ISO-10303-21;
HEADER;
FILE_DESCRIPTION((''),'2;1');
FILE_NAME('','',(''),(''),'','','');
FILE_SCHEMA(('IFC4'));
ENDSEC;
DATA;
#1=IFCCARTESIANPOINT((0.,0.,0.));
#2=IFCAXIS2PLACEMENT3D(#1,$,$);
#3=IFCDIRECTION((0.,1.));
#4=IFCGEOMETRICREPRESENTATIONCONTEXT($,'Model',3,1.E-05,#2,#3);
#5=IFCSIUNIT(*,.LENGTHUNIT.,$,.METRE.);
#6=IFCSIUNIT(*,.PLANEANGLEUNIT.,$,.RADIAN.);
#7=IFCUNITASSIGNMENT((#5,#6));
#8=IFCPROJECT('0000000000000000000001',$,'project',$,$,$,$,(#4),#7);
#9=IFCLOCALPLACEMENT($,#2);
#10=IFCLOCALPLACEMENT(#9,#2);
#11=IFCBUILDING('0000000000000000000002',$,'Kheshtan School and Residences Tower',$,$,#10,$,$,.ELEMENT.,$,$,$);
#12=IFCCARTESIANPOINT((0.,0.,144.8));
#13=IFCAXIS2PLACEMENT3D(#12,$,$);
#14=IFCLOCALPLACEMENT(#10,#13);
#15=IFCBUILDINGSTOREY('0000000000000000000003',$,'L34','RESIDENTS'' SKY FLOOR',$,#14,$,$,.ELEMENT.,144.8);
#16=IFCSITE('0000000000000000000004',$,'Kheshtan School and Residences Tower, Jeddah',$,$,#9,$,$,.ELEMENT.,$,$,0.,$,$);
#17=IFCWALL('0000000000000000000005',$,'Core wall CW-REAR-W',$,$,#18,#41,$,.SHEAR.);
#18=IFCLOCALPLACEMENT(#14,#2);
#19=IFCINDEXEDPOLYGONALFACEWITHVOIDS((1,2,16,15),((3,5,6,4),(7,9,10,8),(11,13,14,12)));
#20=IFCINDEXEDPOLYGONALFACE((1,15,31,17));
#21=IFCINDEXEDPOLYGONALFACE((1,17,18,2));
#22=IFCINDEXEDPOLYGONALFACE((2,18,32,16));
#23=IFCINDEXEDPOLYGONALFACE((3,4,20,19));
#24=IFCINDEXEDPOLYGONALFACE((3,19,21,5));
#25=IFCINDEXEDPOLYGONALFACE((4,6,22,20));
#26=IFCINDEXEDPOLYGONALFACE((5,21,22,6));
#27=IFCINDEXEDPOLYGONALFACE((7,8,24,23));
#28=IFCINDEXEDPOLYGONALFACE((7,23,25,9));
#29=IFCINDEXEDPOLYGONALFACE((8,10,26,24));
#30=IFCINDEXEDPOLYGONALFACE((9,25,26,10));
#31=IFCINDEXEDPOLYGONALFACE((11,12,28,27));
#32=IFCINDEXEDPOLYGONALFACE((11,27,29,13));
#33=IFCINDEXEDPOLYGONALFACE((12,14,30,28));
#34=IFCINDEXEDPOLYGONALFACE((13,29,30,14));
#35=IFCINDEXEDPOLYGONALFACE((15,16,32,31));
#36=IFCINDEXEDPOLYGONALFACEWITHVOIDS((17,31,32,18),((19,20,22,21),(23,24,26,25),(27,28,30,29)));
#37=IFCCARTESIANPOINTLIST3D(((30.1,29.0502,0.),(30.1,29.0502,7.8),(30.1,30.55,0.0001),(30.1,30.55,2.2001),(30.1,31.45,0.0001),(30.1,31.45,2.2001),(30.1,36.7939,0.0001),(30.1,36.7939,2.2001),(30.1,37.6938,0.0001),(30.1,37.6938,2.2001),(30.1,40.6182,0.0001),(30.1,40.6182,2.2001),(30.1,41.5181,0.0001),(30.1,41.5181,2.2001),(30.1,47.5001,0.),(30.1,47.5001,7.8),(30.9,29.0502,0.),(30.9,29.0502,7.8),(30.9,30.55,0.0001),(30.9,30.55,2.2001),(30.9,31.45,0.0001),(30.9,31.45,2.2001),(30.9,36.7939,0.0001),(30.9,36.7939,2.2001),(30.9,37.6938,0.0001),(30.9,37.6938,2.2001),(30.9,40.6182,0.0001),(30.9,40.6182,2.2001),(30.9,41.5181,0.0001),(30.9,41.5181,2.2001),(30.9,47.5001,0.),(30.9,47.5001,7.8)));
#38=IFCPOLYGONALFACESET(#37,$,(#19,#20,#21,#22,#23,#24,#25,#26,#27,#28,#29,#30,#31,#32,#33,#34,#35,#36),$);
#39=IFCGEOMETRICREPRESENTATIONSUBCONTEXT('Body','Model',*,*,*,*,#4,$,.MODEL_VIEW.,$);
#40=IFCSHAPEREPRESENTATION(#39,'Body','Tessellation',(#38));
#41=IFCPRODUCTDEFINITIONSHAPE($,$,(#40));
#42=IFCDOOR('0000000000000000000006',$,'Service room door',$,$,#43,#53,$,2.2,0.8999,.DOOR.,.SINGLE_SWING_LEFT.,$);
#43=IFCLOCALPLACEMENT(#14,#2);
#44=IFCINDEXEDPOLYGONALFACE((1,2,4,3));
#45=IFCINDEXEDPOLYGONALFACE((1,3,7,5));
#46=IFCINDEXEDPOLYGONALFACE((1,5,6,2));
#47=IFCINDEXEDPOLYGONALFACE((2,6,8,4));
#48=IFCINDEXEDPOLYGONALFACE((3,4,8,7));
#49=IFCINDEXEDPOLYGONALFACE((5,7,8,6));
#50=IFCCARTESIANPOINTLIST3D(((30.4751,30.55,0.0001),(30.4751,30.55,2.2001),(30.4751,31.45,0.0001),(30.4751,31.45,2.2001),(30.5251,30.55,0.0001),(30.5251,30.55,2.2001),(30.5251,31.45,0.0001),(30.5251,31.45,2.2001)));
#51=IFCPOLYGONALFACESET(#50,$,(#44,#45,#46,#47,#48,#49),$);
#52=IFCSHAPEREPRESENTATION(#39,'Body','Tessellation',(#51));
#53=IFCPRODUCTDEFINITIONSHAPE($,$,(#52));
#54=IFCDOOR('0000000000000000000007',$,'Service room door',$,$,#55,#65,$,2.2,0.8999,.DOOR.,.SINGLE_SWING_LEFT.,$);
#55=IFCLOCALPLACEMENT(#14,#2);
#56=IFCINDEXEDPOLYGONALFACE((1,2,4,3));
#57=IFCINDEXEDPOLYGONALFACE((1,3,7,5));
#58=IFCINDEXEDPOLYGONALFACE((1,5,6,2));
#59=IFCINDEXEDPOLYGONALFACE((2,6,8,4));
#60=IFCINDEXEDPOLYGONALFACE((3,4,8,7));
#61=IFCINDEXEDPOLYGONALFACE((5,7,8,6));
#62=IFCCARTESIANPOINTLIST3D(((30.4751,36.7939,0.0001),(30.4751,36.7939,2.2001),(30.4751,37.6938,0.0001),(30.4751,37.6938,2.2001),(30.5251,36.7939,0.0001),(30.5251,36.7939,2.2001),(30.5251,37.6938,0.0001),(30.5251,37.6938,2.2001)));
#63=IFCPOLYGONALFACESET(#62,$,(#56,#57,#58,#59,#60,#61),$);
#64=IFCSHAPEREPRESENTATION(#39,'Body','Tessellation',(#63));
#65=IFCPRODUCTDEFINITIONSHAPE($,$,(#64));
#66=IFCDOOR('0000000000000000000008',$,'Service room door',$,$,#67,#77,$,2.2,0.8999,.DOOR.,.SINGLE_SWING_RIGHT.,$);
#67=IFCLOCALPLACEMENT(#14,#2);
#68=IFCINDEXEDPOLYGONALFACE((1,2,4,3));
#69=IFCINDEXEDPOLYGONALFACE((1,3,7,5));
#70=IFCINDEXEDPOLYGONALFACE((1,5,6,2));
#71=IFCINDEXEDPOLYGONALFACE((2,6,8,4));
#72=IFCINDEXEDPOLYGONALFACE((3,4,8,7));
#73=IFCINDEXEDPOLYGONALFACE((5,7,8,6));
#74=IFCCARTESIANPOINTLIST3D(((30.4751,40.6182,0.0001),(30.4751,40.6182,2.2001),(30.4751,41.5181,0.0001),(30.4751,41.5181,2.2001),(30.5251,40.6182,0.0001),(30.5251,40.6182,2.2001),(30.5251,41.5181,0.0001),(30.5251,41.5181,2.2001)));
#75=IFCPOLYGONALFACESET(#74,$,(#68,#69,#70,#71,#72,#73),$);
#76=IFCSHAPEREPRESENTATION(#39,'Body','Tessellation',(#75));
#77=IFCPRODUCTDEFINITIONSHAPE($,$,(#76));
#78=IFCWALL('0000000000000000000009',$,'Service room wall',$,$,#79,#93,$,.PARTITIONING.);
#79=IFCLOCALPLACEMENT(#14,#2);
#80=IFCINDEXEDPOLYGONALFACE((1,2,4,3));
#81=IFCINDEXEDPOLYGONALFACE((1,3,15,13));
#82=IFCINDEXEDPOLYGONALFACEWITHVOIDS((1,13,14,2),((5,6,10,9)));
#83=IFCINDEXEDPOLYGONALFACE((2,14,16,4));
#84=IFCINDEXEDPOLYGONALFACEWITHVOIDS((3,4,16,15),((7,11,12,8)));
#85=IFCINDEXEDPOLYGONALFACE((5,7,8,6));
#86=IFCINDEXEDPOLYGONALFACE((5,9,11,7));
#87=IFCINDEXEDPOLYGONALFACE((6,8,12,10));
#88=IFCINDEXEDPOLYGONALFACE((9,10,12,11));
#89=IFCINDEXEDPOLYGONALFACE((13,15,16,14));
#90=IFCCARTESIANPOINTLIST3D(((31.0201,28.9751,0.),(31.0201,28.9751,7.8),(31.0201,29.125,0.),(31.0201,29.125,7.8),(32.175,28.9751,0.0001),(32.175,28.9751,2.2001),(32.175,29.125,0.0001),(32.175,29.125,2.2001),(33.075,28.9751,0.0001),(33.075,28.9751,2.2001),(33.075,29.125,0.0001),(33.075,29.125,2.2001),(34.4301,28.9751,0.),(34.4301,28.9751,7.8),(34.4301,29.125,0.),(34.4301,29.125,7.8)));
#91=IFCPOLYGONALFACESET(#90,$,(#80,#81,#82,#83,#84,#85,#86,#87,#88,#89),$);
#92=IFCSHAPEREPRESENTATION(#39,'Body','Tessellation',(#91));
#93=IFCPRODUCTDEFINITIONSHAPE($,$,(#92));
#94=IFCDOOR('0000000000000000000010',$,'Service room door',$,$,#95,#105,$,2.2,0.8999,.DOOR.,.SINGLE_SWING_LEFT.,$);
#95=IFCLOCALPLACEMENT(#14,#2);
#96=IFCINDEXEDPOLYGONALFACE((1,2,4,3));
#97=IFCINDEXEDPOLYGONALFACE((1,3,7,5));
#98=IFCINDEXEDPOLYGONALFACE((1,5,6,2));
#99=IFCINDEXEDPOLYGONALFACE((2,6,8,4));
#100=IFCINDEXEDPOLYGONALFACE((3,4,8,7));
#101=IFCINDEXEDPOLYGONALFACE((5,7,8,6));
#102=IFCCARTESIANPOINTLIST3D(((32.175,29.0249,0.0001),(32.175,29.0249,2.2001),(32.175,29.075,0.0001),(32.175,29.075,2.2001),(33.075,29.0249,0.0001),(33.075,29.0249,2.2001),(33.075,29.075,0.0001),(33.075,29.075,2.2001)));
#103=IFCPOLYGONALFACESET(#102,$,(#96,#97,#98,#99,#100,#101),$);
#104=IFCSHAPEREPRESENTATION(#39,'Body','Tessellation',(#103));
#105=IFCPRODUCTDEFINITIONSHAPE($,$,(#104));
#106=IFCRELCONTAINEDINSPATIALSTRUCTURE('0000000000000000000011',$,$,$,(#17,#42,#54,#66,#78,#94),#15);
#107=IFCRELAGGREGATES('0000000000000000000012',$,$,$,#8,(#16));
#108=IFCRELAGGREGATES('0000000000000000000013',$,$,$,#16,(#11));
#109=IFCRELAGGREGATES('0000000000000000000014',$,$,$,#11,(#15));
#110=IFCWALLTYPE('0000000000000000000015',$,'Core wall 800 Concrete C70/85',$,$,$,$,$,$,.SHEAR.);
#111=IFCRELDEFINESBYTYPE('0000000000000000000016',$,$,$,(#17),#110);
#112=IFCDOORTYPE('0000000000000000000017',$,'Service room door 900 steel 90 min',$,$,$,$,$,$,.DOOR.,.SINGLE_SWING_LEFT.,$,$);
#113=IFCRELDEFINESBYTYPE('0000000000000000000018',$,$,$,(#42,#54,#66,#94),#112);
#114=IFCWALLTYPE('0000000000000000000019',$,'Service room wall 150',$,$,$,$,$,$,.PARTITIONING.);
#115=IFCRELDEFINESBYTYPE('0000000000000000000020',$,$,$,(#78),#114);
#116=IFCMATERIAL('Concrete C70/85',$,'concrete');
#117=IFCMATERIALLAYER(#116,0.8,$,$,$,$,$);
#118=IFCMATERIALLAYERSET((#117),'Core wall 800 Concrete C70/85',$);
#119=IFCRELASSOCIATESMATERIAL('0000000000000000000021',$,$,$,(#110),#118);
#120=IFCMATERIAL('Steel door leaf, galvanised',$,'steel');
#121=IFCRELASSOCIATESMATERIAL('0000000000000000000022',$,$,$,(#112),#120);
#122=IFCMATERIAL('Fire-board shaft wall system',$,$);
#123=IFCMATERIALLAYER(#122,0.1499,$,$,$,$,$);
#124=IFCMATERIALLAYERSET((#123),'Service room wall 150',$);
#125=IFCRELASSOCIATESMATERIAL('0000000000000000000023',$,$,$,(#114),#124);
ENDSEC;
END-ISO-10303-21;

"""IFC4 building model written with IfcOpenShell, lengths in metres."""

from ifc_helpers import new_model, si_unit, direction, frame, frame_2d, origin, place, context, subcontext, project, spatial, rectangle, extrude, source, transform, mapped, material, layer, layer_set, type_object, element, fill, save


model = new_model("IFC4")

# Units and contexts
model_context = context("Model", 3, precision=1e-05, world=origin(), true_north=direction((0.0, 1.0)))
body_context = subcontext(model_context, "Body", "Model", "MODEL_VIEW")
ifc_project = project(units=[si_unit("LENGTHUNIT", "METRE"), si_unit("PLANEANGLEUNIT", "RADIAN")], contexts=[model_context])

# Site, building, storey
site_placement = place(None, origin())
site = spatial("IfcSite", under=ifc_project, at=site_placement, Name="Kheshtan School and Residences Tower, Jeddah", CompositionType="ELEMENT", RefElevation=0.0)
building_placement = place(site_placement, origin())
building = spatial("IfcBuilding", under=site, at=building_placement, Name="Kheshtan School and Residences Tower", CompositionType="ELEMENT")
storey_placement = place(building_placement, frame((0.0, 0.0, 144.8)))
storey = spatial("IfcBuildingStorey", under=building, at=storey_placement, Name="L34", Description="RESIDENTS' SKY FLOOR", CompositionType="ELEMENT", Elevation=144.8)

# Wall, openings, doors
ifc_material_1 = material(Name="Concrete C70/85", Category="concrete")
ifc_layer_1 = layer(ifc_material_1, 0.8)
ifc_layer_set_1 = layer_set([ifc_layer_1], Name="Core wall 800 Concrete C70/85")
wall_type_1 = type_object("IfcWallType", Name="Core wall 800 Concrete C70/85", PredefinedType="SHEAR", material=ifc_layer_set_1)
wall_1_placement = place(storey_placement, frame((30.5, 29.05, 0.0), z_axis=(0.0, 0.0, 1.0), x_axis=(0.0, 1.0, 0.0)))
wall_1 = element("IfcWall", 1, at=wall_1_placement, inside=storey, type_object=wall_type_1, Name="Core wall CW-REAR-W", PredefinedType="SHEAR", context=body_context, shape_type="SweptSolid", body=[
    extrude(rectangle(XDim=18.45, YDim=0.8, at=frame_2d((9.2251, 0.0))), origin(), (0.0, 0.0, 1.0), 7.8),
])
opening_1_placement = place(wall_1_placement, frame((1.5, 0.0, 0.0)))
opening_1 = element("IfcOpeningElement", 2, at=opening_1_placement, cuts=wall_1, PredefinedType="OPENING", context=body_context, shape_type="SweptSolid", body=[
    extrude(rectangle(XDim=0.8999, YDim=2.2, at=frame_2d((0.45, 1.1001))), frame((0.0, 0.4102, 0.0), z_axis=(0.0, -1.0, 0.0), x_axis=(1.0, 0.0, 0.0)), (0.0, 0.0, 1.0), 0.8201),
])
opening_2_placement = place(wall_1_placement, frame((7.7439, 0.0, 0.0)))
opening_2 = element("IfcOpeningElement", 3, at=opening_2_placement, cuts=wall_1, PredefinedType="OPENING", context=body_context, shape_type="SweptSolid", body=[
    extrude(rectangle(XDim=0.8999, YDim=2.2, at=frame_2d((0.45, 1.1001))), frame((0.0, 0.4102, 0.0), z_axis=(0.0, -1.0, 0.0), x_axis=(1.0, 0.0, 0.0)), (0.0, 0.0, 1.0), 0.8201),
])
opening_3_placement = place(wall_1_placement, frame((11.5681, 0.0, 0.0)))
opening_3 = element("IfcOpeningElement", 4, at=opening_3_placement, cuts=wall_1, PredefinedType="OPENING", context=body_context, shape_type="SweptSolid", body=[
    extrude(rectangle(XDim=0.8999, YDim=2.2, at=frame_2d((0.45, 1.1001))), frame((0.0, 0.4102, 0.0), z_axis=(0.0, -1.0, 0.0), x_axis=(1.0, 0.0, 0.0)), (0.0, 0.0, 1.0), 0.8201),
])
ifc_material_2 = material(Name="Steel door leaf, galvanised", Category="steel")
door_type = type_object("IfcDoorType", Name="Service room door 900 steel 90 min", OperationType="SINGLE_SWING_LEFT", PredefinedType="DOOR", material=ifc_material_2)
shared_shape = source(origin(), body_context, "Body", "SweptSolid", [
    extrude(rectangle(XDim=0.8999, YDim=2.2, at=frame_2d((0.45, 1.1001))), frame((0.0, 0.0249, 0.0), z_axis=(0.0, -1.0, 0.0), x_axis=(1.0, 0.0, 0.0)), (0.0, 0.0, 1.0), 0.05),
])
door_1_placement = place(opening_1_placement, origin())
door_1 = element("IfcDoor", 5, at=door_1_placement, inside=storey, type_object=door_type, Name="Service room door", OperationType="SINGLE_SWING_LEFT", OverallHeight=2.2, OverallWidth=0.8999, PredefinedType="DOOR", context=body_context, shape_type="MappedRepresentation", body=[
    mapped(shared_shape, transform((0.0, 0.0, 0.0), x_axis=(1.0, 0.0, 0.0), y_axis=(0.0, 1.0, 0.0), z_axis=(0.0, 0.0, 1.0), scale=1.0)),
])
fill(opening_1, door_1)
door_2_placement = place(opening_2_placement, origin())
door_2 = element("IfcDoor", 6, at=door_2_placement, inside=storey, type_object=door_type, Name="Service room door", OperationType="SINGLE_SWING_LEFT", OverallHeight=2.2, OverallWidth=0.8999, PredefinedType="DOOR", context=body_context, shape_type="MappedRepresentation", body=[
    mapped(shared_shape, transform((0.0, 0.0, 0.0), x_axis=(1.0, 0.0, 0.0), y_axis=(0.0, 1.0, 0.0), z_axis=(0.0, 0.0, 1.0), scale=1.0)),
])
fill(opening_2, door_2)
door_3_placement = place(opening_3_placement, origin())
door_3 = element("IfcDoor", 7, at=door_3_placement, inside=storey, type_object=door_type, Name="Service room door", OperationType="SINGLE_SWING_RIGHT", OverallHeight=2.2, OverallWidth=0.8999, PredefinedType="DOOR", context=body_context, shape_type="MappedRepresentation", body=[
    mapped(shared_shape, transform((0.0, 0.0, 0.0), x_axis=(1.0, 0.0, 0.0), y_axis=(0.0, 1.0, 0.0), z_axis=(0.0, 0.0, 1.0), scale=1.0)),
])
fill(opening_3, door_3)

# Wall, opening, door
ifc_material_3 = material(Name="Fire-board shaft wall system")
ifc_layer_2 = layer(ifc_material_3, 0.1499)
ifc_layer_set_2 = layer_set([ifc_layer_2], Name="Service room wall 150")
wall_type_2 = type_object("IfcWallType", Name="Service room wall 150", PredefinedType="PARTITIONING", material=ifc_layer_set_2)
wall_2_placement = place(storey_placement, frame((31.02, 29.05, 0.0), z_axis=(0.0, 0.0, 1.0), x_axis=(1.0, 0.0, 0.0)))
wall_2 = element("IfcWall", 8, at=wall_2_placement, inside=storey, type_object=wall_type_2, Name="Service room wall", PredefinedType="PARTITIONING", context=body_context, shape_type="SweptSolid", body=[
    extrude(rectangle(XDim=3.4099, YDim=0.1499, at=frame_2d((1.7051, 0.0))), origin(), (0.0, 0.0, 1.0), 7.8),
])
opening_4_placement = place(wall_2_placement, frame((1.155, 0.0, 0.0)))
opening_4 = element("IfcOpeningElement", 9, at=opening_4_placement, cuts=wall_2, PredefinedType="OPENING", context=body_context, shape_type="SweptSolid", body=[
    extrude(rectangle(XDim=0.8999, YDim=2.2, at=frame_2d((0.45, 1.1001))), frame((0.0, 0.085, 0.0), z_axis=(0.0, -1.0, 0.0), x_axis=(1.0, 0.0, 0.0)), (0.0, 0.0, 1.0), 0.1699),
])
door_4_placement = place(opening_4_placement, origin())
door_4 = element("IfcDoor", 10, at=door_4_placement, inside=storey, type_object=door_type, Name="Service room door", OperationType="SINGLE_SWING_LEFT", OverallHeight=2.2, OverallWidth=0.8999, PredefinedType="DOOR", context=body_context, shape_type="MappedRepresentation", body=[
    mapped(shared_shape, transform((0.0, 0.0, 0.0), x_axis=(1.0, 0.0, 0.0), y_axis=(0.0, 1.0, 0.0), z_axis=(0.0, 0.0, 1.0), scale=1.0)),
])
fill(opening_4, door_4)

save(model, "model.ifc")
